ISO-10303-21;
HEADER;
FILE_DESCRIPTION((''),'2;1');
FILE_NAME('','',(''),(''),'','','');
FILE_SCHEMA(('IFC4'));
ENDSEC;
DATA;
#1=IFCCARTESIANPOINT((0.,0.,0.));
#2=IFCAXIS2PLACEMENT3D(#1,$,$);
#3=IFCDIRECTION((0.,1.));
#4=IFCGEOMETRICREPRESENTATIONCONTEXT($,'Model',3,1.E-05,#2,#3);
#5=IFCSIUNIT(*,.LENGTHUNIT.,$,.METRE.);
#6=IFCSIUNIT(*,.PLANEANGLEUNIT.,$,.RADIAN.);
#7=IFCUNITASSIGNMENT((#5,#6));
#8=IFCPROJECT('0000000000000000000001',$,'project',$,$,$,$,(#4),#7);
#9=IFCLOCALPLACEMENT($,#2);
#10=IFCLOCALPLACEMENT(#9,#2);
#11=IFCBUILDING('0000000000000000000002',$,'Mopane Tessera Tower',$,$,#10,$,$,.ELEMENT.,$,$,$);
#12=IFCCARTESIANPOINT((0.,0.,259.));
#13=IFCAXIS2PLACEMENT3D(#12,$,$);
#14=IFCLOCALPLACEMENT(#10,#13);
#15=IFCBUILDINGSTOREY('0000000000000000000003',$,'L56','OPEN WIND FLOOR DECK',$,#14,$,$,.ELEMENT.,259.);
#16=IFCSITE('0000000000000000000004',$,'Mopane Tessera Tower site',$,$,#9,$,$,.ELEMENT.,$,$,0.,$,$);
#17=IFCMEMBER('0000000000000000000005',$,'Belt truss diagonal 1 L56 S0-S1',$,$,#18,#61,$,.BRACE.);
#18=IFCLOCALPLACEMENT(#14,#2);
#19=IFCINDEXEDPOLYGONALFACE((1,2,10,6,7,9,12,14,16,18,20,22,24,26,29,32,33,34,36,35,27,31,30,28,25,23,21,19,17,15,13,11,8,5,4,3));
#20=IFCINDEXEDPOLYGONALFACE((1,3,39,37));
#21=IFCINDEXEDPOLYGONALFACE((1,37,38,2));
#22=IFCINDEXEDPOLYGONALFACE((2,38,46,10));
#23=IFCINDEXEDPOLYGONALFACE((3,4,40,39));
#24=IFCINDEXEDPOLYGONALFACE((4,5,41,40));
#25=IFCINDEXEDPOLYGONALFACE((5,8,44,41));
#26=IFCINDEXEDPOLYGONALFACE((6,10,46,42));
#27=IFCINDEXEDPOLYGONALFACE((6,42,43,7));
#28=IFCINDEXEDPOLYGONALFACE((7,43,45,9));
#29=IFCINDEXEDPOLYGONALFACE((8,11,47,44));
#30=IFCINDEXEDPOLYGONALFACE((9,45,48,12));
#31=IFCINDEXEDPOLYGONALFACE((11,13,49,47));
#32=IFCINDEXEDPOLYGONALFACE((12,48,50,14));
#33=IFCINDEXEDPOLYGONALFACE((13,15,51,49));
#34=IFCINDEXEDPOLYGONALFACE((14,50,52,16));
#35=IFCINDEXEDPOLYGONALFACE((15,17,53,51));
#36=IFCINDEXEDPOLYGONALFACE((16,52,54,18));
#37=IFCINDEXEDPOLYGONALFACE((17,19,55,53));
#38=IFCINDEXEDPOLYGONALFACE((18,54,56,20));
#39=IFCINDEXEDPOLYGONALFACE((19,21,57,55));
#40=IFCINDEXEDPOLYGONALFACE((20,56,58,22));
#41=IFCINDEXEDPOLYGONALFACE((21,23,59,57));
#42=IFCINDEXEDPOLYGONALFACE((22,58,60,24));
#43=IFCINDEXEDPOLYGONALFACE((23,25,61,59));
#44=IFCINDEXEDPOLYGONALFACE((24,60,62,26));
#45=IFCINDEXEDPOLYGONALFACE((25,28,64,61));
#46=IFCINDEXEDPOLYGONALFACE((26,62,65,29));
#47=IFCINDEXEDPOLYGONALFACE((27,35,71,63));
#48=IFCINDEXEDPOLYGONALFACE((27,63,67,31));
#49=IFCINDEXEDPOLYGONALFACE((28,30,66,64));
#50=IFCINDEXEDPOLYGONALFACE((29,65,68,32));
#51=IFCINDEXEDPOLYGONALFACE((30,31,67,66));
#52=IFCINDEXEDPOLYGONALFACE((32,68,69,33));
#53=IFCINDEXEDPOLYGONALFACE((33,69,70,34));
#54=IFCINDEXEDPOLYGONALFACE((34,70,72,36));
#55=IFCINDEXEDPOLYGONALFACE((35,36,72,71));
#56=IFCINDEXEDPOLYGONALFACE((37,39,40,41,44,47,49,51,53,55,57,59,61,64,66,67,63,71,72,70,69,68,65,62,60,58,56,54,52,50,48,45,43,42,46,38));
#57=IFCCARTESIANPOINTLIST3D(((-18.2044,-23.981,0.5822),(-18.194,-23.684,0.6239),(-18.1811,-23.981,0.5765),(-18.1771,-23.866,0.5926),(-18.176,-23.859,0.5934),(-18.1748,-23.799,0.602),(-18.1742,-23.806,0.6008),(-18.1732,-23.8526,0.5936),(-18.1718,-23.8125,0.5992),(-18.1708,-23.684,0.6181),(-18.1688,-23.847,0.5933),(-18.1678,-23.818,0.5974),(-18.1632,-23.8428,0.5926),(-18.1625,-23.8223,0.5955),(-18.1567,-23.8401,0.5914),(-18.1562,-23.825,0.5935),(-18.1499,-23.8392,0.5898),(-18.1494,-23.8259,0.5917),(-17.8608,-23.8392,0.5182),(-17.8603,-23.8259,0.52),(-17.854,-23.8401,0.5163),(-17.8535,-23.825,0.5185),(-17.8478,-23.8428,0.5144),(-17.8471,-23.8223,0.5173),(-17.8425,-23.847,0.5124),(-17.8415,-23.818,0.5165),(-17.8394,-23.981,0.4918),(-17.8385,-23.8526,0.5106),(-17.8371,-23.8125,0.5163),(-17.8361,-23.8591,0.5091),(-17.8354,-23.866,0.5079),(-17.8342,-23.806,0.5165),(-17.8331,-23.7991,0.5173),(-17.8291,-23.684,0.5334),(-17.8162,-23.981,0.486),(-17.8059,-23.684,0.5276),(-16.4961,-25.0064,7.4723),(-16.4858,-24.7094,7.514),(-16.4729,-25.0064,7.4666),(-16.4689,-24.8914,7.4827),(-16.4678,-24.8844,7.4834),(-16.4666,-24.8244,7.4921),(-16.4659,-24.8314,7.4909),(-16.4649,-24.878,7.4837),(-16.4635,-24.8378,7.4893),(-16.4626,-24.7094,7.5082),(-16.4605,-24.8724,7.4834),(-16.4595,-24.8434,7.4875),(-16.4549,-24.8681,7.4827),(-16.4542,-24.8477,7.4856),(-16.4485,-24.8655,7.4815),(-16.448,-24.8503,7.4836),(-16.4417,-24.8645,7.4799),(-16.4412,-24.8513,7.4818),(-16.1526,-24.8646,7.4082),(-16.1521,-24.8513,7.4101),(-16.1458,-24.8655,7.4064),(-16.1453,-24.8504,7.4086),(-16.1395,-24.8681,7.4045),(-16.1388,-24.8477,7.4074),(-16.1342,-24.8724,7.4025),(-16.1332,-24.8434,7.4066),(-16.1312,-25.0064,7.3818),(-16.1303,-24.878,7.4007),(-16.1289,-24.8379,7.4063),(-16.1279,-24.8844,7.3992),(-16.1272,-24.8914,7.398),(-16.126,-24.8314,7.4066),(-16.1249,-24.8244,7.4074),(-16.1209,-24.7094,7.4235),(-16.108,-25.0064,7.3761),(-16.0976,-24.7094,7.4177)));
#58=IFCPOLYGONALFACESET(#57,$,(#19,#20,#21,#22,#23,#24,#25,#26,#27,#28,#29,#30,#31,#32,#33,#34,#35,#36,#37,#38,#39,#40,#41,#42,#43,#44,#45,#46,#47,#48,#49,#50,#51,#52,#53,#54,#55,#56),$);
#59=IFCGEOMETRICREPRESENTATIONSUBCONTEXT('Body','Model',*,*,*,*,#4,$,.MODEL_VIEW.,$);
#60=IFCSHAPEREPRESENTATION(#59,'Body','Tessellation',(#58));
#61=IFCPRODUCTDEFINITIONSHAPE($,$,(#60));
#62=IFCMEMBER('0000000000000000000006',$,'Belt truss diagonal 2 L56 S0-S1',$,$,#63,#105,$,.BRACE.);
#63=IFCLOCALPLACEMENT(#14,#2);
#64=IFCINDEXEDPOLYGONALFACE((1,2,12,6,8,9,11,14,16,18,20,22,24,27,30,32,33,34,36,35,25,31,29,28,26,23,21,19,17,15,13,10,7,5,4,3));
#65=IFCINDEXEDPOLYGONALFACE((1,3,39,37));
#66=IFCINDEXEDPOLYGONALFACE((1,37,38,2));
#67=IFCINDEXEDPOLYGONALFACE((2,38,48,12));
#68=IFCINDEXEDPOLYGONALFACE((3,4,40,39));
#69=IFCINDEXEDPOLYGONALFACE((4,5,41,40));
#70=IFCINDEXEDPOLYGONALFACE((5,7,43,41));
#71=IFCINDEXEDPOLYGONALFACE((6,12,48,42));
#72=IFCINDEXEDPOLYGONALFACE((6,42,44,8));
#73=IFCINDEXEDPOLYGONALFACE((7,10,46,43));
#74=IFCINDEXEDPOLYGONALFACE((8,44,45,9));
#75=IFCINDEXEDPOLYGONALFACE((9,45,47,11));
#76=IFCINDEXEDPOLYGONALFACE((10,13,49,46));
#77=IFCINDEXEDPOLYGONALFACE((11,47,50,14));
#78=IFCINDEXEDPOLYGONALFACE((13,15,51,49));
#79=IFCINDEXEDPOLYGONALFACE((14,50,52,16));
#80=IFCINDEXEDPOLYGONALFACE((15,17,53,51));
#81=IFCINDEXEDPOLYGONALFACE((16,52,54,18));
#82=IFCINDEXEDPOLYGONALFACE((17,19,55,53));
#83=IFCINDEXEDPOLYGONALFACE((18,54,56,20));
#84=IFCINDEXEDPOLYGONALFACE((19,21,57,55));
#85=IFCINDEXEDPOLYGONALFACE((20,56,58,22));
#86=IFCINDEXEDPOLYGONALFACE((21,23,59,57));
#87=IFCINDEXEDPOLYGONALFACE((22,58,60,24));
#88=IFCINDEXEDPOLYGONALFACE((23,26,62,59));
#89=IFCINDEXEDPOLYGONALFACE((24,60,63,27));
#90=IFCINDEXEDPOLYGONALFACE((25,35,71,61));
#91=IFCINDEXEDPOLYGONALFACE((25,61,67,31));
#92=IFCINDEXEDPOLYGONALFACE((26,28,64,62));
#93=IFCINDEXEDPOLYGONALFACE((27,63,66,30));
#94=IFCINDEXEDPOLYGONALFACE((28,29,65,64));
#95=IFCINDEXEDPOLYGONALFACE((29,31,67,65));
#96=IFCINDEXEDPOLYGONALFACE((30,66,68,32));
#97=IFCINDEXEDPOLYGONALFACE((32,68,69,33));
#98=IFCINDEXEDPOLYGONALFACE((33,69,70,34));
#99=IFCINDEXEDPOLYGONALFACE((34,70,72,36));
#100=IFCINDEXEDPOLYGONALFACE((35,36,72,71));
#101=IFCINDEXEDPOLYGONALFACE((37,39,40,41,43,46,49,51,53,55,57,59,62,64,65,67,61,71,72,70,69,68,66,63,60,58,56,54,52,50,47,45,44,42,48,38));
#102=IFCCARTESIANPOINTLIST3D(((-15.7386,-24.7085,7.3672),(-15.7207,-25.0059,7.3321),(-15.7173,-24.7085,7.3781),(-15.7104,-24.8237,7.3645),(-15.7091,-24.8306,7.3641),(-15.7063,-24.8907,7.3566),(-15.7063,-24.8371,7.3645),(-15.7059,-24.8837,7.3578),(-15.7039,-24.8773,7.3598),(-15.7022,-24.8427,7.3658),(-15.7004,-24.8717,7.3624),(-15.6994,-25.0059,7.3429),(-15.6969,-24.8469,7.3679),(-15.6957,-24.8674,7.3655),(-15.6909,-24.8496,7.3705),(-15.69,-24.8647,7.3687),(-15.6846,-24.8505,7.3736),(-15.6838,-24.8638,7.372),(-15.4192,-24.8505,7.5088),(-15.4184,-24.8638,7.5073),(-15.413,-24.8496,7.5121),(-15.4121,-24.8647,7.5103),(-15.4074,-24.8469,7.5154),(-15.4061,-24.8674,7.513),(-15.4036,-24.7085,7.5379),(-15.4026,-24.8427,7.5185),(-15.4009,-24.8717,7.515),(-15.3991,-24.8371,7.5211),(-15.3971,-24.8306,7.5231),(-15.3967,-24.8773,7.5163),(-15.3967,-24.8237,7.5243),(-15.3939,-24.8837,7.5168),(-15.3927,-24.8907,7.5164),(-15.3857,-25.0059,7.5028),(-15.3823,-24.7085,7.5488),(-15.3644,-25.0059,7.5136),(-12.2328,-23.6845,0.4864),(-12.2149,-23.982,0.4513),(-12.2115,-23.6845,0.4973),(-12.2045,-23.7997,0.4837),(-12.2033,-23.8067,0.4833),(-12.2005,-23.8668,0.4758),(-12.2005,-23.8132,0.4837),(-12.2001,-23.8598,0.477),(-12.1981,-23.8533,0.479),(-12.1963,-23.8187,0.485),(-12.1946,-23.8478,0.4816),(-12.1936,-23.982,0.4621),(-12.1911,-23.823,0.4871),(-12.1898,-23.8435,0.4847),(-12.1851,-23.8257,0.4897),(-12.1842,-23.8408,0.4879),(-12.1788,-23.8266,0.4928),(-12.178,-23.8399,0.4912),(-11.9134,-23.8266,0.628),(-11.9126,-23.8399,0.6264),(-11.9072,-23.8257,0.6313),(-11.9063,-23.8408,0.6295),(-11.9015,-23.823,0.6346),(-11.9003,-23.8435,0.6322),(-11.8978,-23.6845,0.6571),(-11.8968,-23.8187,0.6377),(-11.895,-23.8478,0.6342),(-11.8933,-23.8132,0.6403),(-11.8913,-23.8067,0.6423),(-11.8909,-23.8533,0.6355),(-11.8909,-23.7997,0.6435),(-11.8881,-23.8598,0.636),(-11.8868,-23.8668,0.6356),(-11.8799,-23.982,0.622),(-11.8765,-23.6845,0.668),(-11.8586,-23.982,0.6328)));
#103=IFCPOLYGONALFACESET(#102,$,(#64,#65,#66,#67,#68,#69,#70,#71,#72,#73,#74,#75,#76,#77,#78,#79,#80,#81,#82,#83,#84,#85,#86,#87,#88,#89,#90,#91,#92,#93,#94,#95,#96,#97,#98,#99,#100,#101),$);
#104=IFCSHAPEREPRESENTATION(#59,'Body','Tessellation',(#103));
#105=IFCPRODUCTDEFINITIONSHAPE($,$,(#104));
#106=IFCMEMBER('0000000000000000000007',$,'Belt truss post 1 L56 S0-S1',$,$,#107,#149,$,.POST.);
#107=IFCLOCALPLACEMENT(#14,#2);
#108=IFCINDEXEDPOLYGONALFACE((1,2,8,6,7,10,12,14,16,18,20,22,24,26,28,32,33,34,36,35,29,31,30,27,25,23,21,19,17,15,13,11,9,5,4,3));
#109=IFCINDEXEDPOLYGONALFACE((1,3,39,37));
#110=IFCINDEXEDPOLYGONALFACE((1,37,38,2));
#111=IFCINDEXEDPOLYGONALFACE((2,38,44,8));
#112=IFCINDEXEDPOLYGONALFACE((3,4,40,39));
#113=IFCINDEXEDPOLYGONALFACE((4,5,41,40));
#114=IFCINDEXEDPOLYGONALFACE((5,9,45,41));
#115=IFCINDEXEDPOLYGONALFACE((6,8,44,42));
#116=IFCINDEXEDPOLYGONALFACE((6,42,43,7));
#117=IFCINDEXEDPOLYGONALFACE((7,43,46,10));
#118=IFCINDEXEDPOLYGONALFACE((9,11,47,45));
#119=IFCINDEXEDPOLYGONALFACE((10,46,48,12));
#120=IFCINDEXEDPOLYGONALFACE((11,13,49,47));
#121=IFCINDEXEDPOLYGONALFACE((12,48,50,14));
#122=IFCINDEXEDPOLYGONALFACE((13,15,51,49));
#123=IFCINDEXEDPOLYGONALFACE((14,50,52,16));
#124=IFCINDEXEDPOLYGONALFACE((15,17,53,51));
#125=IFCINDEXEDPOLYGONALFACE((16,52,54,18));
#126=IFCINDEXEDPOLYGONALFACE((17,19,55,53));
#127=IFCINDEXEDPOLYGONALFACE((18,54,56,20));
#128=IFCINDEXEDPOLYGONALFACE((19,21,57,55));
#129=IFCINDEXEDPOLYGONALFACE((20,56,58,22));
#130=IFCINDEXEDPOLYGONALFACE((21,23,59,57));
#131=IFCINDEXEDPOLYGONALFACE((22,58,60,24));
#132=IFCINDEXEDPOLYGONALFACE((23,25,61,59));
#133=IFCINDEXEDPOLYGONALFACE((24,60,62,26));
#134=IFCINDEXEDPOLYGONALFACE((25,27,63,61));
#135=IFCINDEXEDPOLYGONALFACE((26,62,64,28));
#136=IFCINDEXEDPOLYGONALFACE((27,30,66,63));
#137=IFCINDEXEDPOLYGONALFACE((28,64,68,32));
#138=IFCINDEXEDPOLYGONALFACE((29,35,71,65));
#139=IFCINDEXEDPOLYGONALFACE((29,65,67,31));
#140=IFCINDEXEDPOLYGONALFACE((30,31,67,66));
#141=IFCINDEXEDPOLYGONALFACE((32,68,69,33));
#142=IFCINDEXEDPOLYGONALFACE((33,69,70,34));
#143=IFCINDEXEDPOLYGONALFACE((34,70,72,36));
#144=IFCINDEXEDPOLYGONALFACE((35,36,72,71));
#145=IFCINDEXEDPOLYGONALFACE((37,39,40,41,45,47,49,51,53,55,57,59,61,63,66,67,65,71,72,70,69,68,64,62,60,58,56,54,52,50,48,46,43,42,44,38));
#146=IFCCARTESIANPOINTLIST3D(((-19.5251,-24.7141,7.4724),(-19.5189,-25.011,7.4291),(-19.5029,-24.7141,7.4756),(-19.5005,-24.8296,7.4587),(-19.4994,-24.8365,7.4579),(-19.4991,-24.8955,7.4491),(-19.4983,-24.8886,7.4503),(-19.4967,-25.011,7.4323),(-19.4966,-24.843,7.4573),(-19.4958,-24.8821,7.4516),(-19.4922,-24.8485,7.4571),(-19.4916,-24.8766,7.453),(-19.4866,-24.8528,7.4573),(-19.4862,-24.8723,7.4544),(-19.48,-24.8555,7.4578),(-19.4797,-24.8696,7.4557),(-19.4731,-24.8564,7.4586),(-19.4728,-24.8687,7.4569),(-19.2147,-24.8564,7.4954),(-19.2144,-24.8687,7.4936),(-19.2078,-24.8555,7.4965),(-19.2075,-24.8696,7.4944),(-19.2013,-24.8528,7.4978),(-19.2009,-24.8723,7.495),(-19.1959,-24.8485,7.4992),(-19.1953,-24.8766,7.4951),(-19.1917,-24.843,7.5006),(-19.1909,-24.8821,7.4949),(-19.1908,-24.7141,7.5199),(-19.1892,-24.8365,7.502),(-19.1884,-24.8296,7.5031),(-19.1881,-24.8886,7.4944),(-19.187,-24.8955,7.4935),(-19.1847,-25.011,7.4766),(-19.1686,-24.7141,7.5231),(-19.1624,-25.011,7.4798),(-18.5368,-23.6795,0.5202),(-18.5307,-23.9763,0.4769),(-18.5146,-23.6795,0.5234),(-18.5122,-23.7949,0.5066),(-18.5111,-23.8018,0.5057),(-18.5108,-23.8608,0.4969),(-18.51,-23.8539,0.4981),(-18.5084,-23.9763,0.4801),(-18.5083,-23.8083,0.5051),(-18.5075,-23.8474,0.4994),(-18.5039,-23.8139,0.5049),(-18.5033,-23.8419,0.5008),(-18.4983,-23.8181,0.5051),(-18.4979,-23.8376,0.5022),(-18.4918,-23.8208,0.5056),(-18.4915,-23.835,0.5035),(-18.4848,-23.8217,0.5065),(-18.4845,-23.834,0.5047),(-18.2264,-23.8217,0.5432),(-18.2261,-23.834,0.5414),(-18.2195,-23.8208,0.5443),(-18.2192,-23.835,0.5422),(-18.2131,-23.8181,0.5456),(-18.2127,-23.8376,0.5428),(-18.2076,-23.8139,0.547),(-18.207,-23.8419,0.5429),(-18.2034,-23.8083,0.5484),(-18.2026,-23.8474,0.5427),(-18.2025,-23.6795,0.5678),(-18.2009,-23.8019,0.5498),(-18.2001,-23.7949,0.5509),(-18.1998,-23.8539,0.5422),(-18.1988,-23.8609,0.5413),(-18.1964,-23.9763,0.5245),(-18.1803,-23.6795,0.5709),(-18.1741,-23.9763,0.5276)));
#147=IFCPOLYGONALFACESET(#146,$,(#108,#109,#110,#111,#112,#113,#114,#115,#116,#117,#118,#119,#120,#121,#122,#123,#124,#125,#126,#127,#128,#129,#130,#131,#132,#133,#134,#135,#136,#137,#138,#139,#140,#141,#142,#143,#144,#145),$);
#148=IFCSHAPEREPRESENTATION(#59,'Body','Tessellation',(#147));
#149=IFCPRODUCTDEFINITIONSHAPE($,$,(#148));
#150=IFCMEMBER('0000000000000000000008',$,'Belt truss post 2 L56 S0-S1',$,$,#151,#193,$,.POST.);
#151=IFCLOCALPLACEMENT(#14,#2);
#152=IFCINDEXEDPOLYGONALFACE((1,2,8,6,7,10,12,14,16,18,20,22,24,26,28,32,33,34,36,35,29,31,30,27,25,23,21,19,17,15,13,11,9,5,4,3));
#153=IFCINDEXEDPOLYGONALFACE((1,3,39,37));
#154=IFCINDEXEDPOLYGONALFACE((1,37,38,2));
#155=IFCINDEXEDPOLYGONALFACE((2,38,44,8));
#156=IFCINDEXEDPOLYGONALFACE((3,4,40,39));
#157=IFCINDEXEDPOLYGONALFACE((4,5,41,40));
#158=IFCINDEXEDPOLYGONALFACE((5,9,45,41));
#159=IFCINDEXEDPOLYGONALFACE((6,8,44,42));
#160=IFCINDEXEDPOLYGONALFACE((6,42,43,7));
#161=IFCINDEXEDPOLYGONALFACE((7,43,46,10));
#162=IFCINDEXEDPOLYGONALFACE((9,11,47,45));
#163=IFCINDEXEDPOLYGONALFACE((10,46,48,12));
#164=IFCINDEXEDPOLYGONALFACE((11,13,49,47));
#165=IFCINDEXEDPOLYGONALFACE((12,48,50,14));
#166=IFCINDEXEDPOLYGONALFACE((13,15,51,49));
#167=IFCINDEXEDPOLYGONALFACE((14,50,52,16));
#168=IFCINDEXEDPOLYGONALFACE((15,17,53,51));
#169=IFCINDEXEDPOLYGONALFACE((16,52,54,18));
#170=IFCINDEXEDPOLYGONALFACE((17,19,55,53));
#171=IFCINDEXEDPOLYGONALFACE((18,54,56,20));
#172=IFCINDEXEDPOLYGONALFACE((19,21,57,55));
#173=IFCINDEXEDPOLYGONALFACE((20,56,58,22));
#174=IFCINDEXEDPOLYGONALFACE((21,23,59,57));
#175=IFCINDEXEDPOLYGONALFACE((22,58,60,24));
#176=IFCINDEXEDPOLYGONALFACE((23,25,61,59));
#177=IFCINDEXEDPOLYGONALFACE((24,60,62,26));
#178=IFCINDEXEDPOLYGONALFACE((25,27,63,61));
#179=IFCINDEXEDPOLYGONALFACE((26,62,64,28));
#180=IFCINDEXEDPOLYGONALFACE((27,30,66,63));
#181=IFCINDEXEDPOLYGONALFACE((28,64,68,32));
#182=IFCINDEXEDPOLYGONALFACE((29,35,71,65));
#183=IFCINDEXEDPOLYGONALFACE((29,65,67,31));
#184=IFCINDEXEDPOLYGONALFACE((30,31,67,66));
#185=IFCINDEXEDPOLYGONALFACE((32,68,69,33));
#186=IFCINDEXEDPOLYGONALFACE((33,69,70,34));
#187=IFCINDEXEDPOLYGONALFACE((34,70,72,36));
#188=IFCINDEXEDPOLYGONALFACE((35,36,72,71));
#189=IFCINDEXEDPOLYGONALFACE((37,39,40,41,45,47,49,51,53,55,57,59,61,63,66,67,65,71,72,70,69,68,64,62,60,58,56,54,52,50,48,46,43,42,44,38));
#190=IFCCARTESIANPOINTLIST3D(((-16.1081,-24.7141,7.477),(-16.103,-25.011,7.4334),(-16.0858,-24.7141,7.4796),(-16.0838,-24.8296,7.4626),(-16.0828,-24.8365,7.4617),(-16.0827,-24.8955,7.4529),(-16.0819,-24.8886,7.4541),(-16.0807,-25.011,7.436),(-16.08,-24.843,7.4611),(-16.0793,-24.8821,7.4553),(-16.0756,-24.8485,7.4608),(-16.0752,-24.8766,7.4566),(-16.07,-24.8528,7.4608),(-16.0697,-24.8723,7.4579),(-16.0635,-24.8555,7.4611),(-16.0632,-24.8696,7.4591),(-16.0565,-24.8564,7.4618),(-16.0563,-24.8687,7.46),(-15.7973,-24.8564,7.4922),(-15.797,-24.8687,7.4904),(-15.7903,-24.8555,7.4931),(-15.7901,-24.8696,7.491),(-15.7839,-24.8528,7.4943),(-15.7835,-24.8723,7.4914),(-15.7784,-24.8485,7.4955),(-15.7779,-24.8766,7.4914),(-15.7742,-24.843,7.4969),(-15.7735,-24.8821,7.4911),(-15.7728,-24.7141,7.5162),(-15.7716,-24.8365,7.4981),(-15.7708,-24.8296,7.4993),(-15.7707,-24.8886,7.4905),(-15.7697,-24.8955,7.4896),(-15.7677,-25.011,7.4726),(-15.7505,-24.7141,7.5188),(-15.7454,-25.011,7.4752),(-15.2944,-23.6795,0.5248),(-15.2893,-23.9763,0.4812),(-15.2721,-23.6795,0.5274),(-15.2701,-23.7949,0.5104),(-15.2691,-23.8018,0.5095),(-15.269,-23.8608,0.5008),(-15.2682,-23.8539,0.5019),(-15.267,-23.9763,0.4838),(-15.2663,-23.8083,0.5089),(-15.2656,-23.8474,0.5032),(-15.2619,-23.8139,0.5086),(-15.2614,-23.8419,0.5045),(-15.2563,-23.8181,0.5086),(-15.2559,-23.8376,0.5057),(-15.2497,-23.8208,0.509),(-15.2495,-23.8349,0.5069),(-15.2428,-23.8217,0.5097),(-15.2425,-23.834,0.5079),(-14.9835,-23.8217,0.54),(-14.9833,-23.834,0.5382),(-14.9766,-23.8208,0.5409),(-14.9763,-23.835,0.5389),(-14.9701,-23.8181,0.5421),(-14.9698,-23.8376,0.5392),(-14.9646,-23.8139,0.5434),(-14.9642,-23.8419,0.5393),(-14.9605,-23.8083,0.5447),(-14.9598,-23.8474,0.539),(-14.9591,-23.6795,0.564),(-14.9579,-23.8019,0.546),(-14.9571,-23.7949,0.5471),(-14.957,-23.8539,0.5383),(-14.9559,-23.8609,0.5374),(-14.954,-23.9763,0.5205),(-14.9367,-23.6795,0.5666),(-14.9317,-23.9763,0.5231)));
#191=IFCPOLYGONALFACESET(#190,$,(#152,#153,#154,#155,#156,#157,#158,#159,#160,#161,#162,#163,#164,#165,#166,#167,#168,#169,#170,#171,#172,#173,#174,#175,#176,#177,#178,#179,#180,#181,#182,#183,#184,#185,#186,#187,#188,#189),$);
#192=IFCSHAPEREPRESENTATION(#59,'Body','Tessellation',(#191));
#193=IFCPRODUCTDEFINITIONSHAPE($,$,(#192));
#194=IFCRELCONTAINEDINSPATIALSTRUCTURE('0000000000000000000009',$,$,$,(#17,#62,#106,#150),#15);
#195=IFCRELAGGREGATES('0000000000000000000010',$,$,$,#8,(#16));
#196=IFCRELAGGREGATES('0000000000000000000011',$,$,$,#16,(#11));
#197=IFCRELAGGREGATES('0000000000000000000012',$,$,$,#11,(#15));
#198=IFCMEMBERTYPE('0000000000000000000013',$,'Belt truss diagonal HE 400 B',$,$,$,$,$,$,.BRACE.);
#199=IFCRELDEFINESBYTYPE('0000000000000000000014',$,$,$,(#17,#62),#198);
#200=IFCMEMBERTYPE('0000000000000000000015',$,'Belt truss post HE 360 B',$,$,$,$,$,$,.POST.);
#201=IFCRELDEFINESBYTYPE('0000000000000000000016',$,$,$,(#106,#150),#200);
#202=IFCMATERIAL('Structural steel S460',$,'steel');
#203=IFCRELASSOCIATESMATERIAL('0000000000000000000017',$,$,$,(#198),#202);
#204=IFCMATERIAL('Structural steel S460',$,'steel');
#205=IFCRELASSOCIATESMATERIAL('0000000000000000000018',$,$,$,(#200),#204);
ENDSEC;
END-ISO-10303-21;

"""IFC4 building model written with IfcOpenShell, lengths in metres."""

from ifc_helpers import new_model, si_unit, direction, frame, origin, origin_2d, place, context, subcontext, project, spatial, i_section, extrude, material, material_profile, profile_set, type_object, element, save


model = new_model("IFC4")

# Units and contexts
model_context = context("Model", 3, precision=1e-05, world=origin(), true_north=direction((0.0, 1.0)))
body_context = subcontext(model_context, "Body", "Model", "MODEL_VIEW")
ifc_project = project(units=[si_unit("LENGTHUNIT", "METRE"), si_unit("PLANEANGLEUNIT", "RADIAN")], contexts=[model_context])

# Site, building, storey
site_placement = place(None, origin())
site = spatial("IfcSite", under=ifc_project, at=site_placement, Name="Mopane Tessera Tower site", CompositionType="ELEMENT", RefElevation=0.0)
building_placement = place(site_placement, origin())
building = spatial("IfcBuilding", under=site, at=building_placement, Name="Mopane Tessera Tower", CompositionType="ELEMENT")
storey_placement = place(building_placement, frame((0.0, 0.0, 259.0)))
storey = spatial("IfcBuildingStorey", under=building, at=storey_placement, Name="L56", Description="OPEN WIND FLOOR DECK", CompositionType="ELEMENT", Elevation=259.0)

# Members
ifc_material_1 = material(Name="Structural steel S460", Category="steel")
ifc_material_profile_1 = material_profile(ifc_material_1, i_section(OverallWidth=0.3, OverallDepth=0.3999, WebThickness=0.0134, FlangeThickness=0.0239, FilletRadius=0.0271, at=origin_2d()))
ifc_profile_set_1 = profile_set([ifc_material_profile_1], Name="Structural steel S460")
member_type_1 = type_object("IfcMemberType", Name="Belt truss diagonal HE 400 B", PredefinedType="BRACE", material=ifc_profile_set_1)
member_1_placement = place(storey_placement, frame((-18.0051, -23.8325, 0.5549), z_axis=(0.23817, -0.142963, 0.960644), x_axis=(0.034447, 0.989728, 0.138751)))
element("IfcMember", 1, at=member_1_placement, inside=storey, type_object=member_type_1, Name="Belt truss diagonal 1 L56 S0-S1", PredefinedType="BRACE", context=body_context, shape_type="SweptSolid", body=[
    extrude(i_section(OverallWidth=0.3, OverallDepth=0.3999, WebThickness=0.0134, FlangeThickness=0.0239, FilletRadius=0.0271, at=origin_2d()), origin(), (0.0, 0.0, 1.0), 7.1724),
])
member_2_placement = place(storey_placement, frame((-15.5515, -24.8572, 7.4404), z_axis=(0.45004, 0.131439, -0.883282), x_axis=(-0.059669, 0.991324, 0.117115)))
element("IfcMember", 2, at=member_2_placement, inside=storey, type_object=member_type_1, Name="Belt truss diagonal 2 L56 S0-S1", PredefinedType="BRACE", context=body_context, shape_type="SweptSolid", body=[
    extrude(i_section(OverallWidth=0.3, OverallDepth=0.3999, WebThickness=0.0134, FlangeThickness=0.0239, FilletRadius=0.0271, at=origin_2d()), origin(), (0.0, 0.0, 1.0), 7.79),
])
ifc_material_2 = material(Name="Structural steel S460", Category="steel")
ifc_material_profile_2 = material_profile(ifc_material_2, i_section(OverallWidth=0.3, OverallDepth=0.3601, WebThickness=0.0125, FlangeThickness=0.0225, FilletRadius=0.0271, at=origin_2d()))
ifc_profile_set_2 = profile_set([ifc_material_profile_2], Name="Structural steel S460")
member_type_2 = type_object("IfcMemberType", Name="Belt truss post HE 360 B", PredefinedType="POST", material=ifc_profile_set_2)
member_3_placement = place(storey_placement, frame((-18.3555, -23.8279, 0.5239), z_axis=(-0.139237, -0.145772, 0.979471), x_axis=(-0.020509, 0.989318, 0.144322)))
element("IfcMember", 3, at=member_3_placement, inside=storey, type_object=member_type_2, Name="Belt truss post 1 L56 S0-S1", PredefinedType="POST", context=body_context, shape_type="SweptSolid", body=[
    extrude(i_section(OverallWidth=0.3, OverallDepth=0.3601, WebThickness=0.0125, FlangeThickness=0.0225, FilletRadius=0.0271, at=origin_2d()), origin(), (0.0, 0.0, 1.0), 7.0979),
])
member_4_placement = place(storey_placement, frame((-15.113, -23.8279, 0.5239), z_axis=(-0.115003, -0.146229, 0.982543), x_axis=(-0.016962, 0.989251, 0.145242)))
element("IfcMember", 4, at=member_4_placement, inside=storey, type_object=member_type_2, Name="Belt truss post 2 L56 S0-S1", PredefinedType="POST", context=body_context, shape_type="SweptSolid", body=[
    extrude(i_section(OverallWidth=0.3, OverallDepth=0.3601, WebThickness=0.0125, FlangeThickness=0.0225, FilletRadius=0.0271, at=origin_2d()), origin(), (0.0, 0.0, 1.0), 7.0757),
])

save(model, "model.ifc")
